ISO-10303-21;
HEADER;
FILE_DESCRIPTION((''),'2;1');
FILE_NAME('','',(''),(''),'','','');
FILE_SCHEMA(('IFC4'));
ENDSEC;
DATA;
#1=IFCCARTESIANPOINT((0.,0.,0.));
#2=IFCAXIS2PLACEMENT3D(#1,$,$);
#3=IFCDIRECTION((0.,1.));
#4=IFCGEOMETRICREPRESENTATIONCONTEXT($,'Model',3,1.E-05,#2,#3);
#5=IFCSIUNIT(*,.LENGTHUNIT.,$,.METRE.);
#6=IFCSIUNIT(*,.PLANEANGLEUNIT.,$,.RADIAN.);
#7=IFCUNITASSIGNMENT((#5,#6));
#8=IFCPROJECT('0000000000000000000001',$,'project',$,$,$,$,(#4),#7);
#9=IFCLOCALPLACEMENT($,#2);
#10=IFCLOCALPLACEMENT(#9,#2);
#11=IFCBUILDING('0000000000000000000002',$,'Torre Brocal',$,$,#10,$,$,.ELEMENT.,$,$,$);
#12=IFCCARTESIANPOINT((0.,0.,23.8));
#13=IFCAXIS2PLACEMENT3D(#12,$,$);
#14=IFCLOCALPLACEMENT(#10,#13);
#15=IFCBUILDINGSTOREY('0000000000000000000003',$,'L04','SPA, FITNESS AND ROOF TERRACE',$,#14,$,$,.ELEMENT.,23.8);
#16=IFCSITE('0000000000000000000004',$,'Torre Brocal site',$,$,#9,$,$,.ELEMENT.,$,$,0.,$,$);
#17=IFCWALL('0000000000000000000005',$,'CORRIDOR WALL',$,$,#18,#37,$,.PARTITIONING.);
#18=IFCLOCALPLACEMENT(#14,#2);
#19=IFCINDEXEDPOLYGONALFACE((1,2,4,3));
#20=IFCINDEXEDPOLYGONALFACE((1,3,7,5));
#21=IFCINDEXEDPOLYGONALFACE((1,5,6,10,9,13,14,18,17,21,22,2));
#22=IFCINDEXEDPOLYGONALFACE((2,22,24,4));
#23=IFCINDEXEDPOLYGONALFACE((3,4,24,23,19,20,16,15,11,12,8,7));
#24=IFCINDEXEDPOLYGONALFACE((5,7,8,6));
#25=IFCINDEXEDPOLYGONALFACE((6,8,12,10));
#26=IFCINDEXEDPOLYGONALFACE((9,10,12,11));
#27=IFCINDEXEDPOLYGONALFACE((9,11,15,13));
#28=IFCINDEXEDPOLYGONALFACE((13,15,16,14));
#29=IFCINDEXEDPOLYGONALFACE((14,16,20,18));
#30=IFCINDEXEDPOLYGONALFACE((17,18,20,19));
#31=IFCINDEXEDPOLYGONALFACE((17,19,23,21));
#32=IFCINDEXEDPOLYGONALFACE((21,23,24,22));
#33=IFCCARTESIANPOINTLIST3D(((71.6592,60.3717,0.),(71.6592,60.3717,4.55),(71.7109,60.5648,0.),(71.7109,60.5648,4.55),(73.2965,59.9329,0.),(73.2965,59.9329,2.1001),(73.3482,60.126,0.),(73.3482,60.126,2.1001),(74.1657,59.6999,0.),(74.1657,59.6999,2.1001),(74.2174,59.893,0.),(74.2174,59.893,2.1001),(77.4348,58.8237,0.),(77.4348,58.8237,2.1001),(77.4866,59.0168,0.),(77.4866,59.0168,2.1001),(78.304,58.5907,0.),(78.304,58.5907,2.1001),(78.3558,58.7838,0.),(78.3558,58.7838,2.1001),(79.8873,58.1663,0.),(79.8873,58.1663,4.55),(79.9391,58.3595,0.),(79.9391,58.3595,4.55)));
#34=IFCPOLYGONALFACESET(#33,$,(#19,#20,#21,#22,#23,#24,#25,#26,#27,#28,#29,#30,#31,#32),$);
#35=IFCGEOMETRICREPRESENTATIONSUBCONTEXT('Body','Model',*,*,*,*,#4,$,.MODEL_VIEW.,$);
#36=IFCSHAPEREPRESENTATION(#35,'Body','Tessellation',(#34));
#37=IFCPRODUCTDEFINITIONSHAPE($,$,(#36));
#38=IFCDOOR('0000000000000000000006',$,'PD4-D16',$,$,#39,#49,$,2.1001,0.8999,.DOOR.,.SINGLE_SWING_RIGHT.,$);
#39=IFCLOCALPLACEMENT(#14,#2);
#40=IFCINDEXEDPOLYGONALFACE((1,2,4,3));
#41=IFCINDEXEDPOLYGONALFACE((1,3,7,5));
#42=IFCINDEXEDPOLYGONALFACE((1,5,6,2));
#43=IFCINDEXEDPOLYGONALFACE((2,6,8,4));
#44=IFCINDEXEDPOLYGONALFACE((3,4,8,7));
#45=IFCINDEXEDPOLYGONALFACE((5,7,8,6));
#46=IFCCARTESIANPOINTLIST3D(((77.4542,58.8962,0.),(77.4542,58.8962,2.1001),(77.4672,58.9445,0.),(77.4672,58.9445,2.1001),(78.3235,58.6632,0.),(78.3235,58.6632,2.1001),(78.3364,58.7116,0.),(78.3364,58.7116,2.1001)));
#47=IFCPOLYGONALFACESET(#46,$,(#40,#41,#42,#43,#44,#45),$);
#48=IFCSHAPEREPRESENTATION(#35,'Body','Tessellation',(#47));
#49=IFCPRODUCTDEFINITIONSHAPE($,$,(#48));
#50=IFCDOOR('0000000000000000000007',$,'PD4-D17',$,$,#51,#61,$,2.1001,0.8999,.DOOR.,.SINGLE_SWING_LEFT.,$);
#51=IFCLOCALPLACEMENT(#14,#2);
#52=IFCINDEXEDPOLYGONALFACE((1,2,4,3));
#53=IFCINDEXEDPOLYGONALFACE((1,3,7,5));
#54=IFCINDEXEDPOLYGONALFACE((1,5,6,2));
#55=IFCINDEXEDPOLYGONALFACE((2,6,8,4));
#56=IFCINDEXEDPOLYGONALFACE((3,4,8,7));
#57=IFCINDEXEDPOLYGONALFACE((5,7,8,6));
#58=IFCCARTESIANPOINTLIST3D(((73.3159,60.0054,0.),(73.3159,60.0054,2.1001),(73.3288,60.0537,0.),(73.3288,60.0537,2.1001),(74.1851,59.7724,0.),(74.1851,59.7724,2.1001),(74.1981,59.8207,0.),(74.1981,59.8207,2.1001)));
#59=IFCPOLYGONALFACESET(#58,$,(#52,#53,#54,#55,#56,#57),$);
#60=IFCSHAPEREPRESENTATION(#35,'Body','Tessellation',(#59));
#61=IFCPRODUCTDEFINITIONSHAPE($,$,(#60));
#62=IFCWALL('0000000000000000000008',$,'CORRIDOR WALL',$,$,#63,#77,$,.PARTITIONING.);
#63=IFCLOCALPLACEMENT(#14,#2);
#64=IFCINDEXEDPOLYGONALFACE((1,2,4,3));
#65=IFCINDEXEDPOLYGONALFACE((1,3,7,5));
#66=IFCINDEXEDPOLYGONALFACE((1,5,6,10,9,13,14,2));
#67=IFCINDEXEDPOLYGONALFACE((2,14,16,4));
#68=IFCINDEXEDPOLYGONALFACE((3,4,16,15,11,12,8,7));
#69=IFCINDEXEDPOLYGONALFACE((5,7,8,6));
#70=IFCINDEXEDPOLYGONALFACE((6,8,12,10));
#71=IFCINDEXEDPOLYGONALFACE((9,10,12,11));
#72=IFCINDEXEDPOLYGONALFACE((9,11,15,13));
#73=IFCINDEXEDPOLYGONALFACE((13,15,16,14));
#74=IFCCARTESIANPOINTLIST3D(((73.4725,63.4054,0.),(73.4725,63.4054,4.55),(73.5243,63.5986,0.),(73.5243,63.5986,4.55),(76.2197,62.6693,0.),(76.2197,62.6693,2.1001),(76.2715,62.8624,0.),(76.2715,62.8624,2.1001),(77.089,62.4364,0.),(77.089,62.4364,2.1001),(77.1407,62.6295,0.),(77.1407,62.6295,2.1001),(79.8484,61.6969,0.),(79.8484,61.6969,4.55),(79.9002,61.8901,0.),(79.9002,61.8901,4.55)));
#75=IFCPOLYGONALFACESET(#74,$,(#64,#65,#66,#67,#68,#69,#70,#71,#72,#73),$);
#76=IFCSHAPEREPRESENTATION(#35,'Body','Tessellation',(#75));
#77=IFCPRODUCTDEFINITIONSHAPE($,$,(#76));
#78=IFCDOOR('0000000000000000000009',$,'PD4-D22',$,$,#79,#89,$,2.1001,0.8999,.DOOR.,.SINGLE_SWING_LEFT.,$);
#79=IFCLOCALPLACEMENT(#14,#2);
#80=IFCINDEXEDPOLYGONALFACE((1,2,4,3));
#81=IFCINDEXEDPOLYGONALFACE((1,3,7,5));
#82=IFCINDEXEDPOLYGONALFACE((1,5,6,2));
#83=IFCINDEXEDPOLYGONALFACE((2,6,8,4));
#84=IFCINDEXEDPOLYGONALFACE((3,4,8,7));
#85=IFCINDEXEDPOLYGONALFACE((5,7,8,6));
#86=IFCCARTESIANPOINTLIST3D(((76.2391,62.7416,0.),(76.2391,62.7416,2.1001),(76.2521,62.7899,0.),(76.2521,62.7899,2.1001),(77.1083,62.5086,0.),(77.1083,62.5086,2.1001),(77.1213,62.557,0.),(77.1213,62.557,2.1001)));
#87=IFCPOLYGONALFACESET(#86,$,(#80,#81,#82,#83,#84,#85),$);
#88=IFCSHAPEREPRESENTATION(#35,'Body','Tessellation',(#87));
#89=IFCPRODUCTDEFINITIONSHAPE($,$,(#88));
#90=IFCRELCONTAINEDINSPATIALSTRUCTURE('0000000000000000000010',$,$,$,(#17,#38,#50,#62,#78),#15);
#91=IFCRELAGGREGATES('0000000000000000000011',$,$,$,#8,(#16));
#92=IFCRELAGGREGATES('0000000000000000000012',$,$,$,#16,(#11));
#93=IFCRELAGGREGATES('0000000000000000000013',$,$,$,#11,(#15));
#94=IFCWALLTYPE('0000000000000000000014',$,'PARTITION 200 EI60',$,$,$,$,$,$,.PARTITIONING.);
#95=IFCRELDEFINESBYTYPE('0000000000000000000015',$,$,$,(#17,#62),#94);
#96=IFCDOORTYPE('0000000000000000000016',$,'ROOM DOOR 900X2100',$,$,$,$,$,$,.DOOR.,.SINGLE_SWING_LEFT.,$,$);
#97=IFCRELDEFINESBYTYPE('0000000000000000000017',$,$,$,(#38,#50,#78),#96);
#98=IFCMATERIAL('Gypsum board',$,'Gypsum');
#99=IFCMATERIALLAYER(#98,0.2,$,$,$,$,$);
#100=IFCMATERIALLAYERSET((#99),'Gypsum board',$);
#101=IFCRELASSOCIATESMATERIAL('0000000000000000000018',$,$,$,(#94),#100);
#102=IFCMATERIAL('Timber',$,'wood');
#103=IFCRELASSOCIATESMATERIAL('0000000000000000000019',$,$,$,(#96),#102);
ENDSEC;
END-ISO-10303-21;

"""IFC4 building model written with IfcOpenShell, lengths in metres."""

from ifc_helpers import new_model, si_unit, direction, frame, frame_2d, origin, place, context, subcontext, project, spatial, rectangle, extrude, material, layer, layer_set, type_object, element, fill, save


model = new_model("IFC4")

# Units and contexts
model_context = context("Model", 3, precision=1e-05, world=origin(), true_north=direction((0.0, 1.0)))
body_context = subcontext(model_context, "Body", "Model", "MODEL_VIEW")
ifc_project = project(units=[si_unit("LENGTHUNIT", "METRE"), si_unit("PLANEANGLEUNIT", "RADIAN")], contexts=[model_context])

# Site, building, storey
site_placement = place(None, origin())
site = spatial("IfcSite", under=ifc_project, at=site_placement, Name="Torre Brocal site", CompositionType="ELEMENT", RefElevation=0.0)
building_placement = place(site_placement, origin())
building = spatial("IfcBuilding", under=site, at=building_placement, Name="Torre Brocal", CompositionType="ELEMENT")
storey_placement = place(building_placement, frame((0.0, 0.0, 23.8)))
storey = spatial("IfcBuildingStorey", under=building, at=storey_placement, Name="L04", Description="SPA, FITNESS AND ROOF TERRACE", CompositionType="ELEMENT", Elevation=23.8)

# Wall, openings, doors
ifc_material_1 = material(Name="Gypsum board", Category="Gypsum")
ifc_layer = layer(ifc_material_1, 0.2)
ifc_layer_set = layer_set([ifc_layer], Name="Gypsum board")
wall_type = type_object("IfcWallType", Name="PARTITION 200 EI60", PredefinedType="PARTITIONING", material=ifc_layer_set)
wall_1_placement = place(storey_placement, frame((71.6851, 60.4683, 0.0), z_axis=(0.0, 0.0, 1.0), x_axis=(0.965907, -0.258888, 0.0)))
wall_1 = element("IfcWall", 1, at=wall_1_placement, inside=storey, type_object=wall_type, Name="CORRIDOR WALL", PredefinedType="PARTITIONING", context=body_context, shape_type="SweptSolid", body=[
    extrude(rectangle(XDim=8.5186, YDim=0.2, at=frame_2d((4.2593, 0.0))), origin(), (0.0, 0.0, 1.0), 4.55),
])
opening_1_placement = place(wall_1_placement, frame((5.9795, 0.0, 0.0)))
opening_1 = element("IfcOpeningElement", 2, at=opening_1_placement, cuts=wall_1, PredefinedType="OPENING", context=body_context, shape_type="SweptSolid", body=[
    extrude(rectangle(XDim=0.8999, YDim=2.1001, at=frame_2d((0.45, 1.05))), frame((0.0, 0.1099, 0.0), z_axis=(0.0, -1.0, 0.0), x_axis=(1.0, 0.0, 0.0)), (0.0, 0.0, 1.0), 0.22),
])
opening_2_placement = place(wall_1_placement, frame((1.6951, 0.0, 0.0)))
opening_2 = element("IfcOpeningElement", 3, at=opening_2_placement, cuts=wall_1, PredefinedType="OPENING", context=body_context, shape_type="SweptSolid", body=[
    extrude(rectangle(XDim=0.8999, YDim=2.1001, at=frame_2d((0.45, 1.05))), frame((0.0, 0.1099, 0.0), z_axis=(0.0, -1.0, 0.0), x_axis=(1.0, 0.0, 0.0)), (0.0, 0.0, 1.0), 0.22),
])
ifc_material_2 = material(Name="Timber", Category="wood")
door_type = type_object("IfcDoorType", Name="ROOM DOOR 900X2100", OperationType="SINGLE_SWING_LEFT", PredefinedType="DOOR", material=ifc_material_2)
door_1_placement = place(opening_1_placement, frame((0.8999, 0.0, 0.0), z_axis=(0.0, 0.0, 1.0), x_axis=(-1.0, 0.0, 0.0)))
door_1 = element("IfcDoor", 4, at=door_1_placement, inside=storey, type_object=door_type, Name="PD4-D16", OperationType="SINGLE_SWING_RIGHT", OverallHeight=2.1001, OverallWidth=0.8999, PredefinedType="DOOR", context=body_context, shape_type="SweptSolid", body=[
    extrude(rectangle(XDim=0.8999, YDim=2.1001, at=frame_2d((0.45, 1.05))), frame((0.0, 0.0249, 0.0), z_axis=(0.0, -1.0, 0.0), x_axis=(1.0, 0.0, 0.0)), (0.0, 0.0, 1.0), 0.05),
])
fill(opening_1, door_1)
door_2_placement = place(opening_2_placement, frame((0.8999, 0.0, 0.0), z_axis=(0.0, 0.0, 1.0), x_axis=(-1.0, 0.0, 0.0)))
door_2 = element("IfcDoor", 5, at=door_2_placement, inside=storey, type_object=door_type, Name="PD4-D17", OperationType="SINGLE_SWING_LEFT", OverallHeight=2.1001, OverallWidth=0.8999, PredefinedType="DOOR", context=body_context, shape_type="SweptSolid", body=[
    extrude(rectangle(XDim=0.8999, YDim=2.1001, at=frame_2d((0.45, 1.05))), frame((0.0, 0.0249, 0.0), z_axis=(0.0, -1.0, 0.0), x_axis=(1.0, 0.0, 0.0)), (0.0, 0.0, 1.0), 0.05),
])
fill(opening_2, door_2)

# Wall, opening, door
wall_2_placement = place(storey_placement, frame((73.4985, 63.502, 0.0), z_axis=(0.0, 0.0, 1.0), x_axis=(0.965924, -0.258827, 0.0)))
wall_2 = element("IfcWall", 6, at=wall_2_placement, inside=storey, type_object=wall_type, Name="CORRIDOR WALL", PredefinedType="PARTITIONING", context=body_context, shape_type="SweptSolid", body=[
    extrude(rectangle(XDim=6.6008, YDim=0.2, at=frame_2d((3.3003, 0.0))), origin(), (0.0, 0.0, 1.0), 4.55),
])
opening_3_placement = place(wall_2_placement, frame((2.844, 0.0, 0.0)))
opening_3 = element("IfcOpeningElement", 7, at=opening_3_placement, cuts=wall_2, PredefinedType="OPENING", context=body_context, shape_type="SweptSolid", body=[
    extrude(rectangle(XDim=0.8999, YDim=2.1001, at=frame_2d((0.45, 1.05))), frame((0.0, 0.1099, 0.0), z_axis=(0.0, -1.0, 0.0), x_axis=(1.0, 0.0, 0.0)), (0.0, 0.0, 1.0), 0.22),
])
door_3_placement = place(opening_3_placement, origin())
door_3 = element("IfcDoor", 8, at=door_3_placement, inside=storey, type_object=door_type, Name="PD4-D22", OperationType="SINGLE_SWING_LEFT", OverallHeight=2.1001, OverallWidth=0.8999, PredefinedType="DOOR", context=body_context, shape_type="SweptSolid", body=[
    extrude(rectangle(XDim=0.8999, YDim=2.1001, at=frame_2d((0.45, 1.05))), frame((0.0, 0.0249, 0.0), z_axis=(0.0, -1.0, 0.0), x_axis=(1.0, 0.0, 0.0)), (0.0, 0.0, 1.0), 0.05),
])
fill(opening_3, door_3)

save(model, "model.ifc")
